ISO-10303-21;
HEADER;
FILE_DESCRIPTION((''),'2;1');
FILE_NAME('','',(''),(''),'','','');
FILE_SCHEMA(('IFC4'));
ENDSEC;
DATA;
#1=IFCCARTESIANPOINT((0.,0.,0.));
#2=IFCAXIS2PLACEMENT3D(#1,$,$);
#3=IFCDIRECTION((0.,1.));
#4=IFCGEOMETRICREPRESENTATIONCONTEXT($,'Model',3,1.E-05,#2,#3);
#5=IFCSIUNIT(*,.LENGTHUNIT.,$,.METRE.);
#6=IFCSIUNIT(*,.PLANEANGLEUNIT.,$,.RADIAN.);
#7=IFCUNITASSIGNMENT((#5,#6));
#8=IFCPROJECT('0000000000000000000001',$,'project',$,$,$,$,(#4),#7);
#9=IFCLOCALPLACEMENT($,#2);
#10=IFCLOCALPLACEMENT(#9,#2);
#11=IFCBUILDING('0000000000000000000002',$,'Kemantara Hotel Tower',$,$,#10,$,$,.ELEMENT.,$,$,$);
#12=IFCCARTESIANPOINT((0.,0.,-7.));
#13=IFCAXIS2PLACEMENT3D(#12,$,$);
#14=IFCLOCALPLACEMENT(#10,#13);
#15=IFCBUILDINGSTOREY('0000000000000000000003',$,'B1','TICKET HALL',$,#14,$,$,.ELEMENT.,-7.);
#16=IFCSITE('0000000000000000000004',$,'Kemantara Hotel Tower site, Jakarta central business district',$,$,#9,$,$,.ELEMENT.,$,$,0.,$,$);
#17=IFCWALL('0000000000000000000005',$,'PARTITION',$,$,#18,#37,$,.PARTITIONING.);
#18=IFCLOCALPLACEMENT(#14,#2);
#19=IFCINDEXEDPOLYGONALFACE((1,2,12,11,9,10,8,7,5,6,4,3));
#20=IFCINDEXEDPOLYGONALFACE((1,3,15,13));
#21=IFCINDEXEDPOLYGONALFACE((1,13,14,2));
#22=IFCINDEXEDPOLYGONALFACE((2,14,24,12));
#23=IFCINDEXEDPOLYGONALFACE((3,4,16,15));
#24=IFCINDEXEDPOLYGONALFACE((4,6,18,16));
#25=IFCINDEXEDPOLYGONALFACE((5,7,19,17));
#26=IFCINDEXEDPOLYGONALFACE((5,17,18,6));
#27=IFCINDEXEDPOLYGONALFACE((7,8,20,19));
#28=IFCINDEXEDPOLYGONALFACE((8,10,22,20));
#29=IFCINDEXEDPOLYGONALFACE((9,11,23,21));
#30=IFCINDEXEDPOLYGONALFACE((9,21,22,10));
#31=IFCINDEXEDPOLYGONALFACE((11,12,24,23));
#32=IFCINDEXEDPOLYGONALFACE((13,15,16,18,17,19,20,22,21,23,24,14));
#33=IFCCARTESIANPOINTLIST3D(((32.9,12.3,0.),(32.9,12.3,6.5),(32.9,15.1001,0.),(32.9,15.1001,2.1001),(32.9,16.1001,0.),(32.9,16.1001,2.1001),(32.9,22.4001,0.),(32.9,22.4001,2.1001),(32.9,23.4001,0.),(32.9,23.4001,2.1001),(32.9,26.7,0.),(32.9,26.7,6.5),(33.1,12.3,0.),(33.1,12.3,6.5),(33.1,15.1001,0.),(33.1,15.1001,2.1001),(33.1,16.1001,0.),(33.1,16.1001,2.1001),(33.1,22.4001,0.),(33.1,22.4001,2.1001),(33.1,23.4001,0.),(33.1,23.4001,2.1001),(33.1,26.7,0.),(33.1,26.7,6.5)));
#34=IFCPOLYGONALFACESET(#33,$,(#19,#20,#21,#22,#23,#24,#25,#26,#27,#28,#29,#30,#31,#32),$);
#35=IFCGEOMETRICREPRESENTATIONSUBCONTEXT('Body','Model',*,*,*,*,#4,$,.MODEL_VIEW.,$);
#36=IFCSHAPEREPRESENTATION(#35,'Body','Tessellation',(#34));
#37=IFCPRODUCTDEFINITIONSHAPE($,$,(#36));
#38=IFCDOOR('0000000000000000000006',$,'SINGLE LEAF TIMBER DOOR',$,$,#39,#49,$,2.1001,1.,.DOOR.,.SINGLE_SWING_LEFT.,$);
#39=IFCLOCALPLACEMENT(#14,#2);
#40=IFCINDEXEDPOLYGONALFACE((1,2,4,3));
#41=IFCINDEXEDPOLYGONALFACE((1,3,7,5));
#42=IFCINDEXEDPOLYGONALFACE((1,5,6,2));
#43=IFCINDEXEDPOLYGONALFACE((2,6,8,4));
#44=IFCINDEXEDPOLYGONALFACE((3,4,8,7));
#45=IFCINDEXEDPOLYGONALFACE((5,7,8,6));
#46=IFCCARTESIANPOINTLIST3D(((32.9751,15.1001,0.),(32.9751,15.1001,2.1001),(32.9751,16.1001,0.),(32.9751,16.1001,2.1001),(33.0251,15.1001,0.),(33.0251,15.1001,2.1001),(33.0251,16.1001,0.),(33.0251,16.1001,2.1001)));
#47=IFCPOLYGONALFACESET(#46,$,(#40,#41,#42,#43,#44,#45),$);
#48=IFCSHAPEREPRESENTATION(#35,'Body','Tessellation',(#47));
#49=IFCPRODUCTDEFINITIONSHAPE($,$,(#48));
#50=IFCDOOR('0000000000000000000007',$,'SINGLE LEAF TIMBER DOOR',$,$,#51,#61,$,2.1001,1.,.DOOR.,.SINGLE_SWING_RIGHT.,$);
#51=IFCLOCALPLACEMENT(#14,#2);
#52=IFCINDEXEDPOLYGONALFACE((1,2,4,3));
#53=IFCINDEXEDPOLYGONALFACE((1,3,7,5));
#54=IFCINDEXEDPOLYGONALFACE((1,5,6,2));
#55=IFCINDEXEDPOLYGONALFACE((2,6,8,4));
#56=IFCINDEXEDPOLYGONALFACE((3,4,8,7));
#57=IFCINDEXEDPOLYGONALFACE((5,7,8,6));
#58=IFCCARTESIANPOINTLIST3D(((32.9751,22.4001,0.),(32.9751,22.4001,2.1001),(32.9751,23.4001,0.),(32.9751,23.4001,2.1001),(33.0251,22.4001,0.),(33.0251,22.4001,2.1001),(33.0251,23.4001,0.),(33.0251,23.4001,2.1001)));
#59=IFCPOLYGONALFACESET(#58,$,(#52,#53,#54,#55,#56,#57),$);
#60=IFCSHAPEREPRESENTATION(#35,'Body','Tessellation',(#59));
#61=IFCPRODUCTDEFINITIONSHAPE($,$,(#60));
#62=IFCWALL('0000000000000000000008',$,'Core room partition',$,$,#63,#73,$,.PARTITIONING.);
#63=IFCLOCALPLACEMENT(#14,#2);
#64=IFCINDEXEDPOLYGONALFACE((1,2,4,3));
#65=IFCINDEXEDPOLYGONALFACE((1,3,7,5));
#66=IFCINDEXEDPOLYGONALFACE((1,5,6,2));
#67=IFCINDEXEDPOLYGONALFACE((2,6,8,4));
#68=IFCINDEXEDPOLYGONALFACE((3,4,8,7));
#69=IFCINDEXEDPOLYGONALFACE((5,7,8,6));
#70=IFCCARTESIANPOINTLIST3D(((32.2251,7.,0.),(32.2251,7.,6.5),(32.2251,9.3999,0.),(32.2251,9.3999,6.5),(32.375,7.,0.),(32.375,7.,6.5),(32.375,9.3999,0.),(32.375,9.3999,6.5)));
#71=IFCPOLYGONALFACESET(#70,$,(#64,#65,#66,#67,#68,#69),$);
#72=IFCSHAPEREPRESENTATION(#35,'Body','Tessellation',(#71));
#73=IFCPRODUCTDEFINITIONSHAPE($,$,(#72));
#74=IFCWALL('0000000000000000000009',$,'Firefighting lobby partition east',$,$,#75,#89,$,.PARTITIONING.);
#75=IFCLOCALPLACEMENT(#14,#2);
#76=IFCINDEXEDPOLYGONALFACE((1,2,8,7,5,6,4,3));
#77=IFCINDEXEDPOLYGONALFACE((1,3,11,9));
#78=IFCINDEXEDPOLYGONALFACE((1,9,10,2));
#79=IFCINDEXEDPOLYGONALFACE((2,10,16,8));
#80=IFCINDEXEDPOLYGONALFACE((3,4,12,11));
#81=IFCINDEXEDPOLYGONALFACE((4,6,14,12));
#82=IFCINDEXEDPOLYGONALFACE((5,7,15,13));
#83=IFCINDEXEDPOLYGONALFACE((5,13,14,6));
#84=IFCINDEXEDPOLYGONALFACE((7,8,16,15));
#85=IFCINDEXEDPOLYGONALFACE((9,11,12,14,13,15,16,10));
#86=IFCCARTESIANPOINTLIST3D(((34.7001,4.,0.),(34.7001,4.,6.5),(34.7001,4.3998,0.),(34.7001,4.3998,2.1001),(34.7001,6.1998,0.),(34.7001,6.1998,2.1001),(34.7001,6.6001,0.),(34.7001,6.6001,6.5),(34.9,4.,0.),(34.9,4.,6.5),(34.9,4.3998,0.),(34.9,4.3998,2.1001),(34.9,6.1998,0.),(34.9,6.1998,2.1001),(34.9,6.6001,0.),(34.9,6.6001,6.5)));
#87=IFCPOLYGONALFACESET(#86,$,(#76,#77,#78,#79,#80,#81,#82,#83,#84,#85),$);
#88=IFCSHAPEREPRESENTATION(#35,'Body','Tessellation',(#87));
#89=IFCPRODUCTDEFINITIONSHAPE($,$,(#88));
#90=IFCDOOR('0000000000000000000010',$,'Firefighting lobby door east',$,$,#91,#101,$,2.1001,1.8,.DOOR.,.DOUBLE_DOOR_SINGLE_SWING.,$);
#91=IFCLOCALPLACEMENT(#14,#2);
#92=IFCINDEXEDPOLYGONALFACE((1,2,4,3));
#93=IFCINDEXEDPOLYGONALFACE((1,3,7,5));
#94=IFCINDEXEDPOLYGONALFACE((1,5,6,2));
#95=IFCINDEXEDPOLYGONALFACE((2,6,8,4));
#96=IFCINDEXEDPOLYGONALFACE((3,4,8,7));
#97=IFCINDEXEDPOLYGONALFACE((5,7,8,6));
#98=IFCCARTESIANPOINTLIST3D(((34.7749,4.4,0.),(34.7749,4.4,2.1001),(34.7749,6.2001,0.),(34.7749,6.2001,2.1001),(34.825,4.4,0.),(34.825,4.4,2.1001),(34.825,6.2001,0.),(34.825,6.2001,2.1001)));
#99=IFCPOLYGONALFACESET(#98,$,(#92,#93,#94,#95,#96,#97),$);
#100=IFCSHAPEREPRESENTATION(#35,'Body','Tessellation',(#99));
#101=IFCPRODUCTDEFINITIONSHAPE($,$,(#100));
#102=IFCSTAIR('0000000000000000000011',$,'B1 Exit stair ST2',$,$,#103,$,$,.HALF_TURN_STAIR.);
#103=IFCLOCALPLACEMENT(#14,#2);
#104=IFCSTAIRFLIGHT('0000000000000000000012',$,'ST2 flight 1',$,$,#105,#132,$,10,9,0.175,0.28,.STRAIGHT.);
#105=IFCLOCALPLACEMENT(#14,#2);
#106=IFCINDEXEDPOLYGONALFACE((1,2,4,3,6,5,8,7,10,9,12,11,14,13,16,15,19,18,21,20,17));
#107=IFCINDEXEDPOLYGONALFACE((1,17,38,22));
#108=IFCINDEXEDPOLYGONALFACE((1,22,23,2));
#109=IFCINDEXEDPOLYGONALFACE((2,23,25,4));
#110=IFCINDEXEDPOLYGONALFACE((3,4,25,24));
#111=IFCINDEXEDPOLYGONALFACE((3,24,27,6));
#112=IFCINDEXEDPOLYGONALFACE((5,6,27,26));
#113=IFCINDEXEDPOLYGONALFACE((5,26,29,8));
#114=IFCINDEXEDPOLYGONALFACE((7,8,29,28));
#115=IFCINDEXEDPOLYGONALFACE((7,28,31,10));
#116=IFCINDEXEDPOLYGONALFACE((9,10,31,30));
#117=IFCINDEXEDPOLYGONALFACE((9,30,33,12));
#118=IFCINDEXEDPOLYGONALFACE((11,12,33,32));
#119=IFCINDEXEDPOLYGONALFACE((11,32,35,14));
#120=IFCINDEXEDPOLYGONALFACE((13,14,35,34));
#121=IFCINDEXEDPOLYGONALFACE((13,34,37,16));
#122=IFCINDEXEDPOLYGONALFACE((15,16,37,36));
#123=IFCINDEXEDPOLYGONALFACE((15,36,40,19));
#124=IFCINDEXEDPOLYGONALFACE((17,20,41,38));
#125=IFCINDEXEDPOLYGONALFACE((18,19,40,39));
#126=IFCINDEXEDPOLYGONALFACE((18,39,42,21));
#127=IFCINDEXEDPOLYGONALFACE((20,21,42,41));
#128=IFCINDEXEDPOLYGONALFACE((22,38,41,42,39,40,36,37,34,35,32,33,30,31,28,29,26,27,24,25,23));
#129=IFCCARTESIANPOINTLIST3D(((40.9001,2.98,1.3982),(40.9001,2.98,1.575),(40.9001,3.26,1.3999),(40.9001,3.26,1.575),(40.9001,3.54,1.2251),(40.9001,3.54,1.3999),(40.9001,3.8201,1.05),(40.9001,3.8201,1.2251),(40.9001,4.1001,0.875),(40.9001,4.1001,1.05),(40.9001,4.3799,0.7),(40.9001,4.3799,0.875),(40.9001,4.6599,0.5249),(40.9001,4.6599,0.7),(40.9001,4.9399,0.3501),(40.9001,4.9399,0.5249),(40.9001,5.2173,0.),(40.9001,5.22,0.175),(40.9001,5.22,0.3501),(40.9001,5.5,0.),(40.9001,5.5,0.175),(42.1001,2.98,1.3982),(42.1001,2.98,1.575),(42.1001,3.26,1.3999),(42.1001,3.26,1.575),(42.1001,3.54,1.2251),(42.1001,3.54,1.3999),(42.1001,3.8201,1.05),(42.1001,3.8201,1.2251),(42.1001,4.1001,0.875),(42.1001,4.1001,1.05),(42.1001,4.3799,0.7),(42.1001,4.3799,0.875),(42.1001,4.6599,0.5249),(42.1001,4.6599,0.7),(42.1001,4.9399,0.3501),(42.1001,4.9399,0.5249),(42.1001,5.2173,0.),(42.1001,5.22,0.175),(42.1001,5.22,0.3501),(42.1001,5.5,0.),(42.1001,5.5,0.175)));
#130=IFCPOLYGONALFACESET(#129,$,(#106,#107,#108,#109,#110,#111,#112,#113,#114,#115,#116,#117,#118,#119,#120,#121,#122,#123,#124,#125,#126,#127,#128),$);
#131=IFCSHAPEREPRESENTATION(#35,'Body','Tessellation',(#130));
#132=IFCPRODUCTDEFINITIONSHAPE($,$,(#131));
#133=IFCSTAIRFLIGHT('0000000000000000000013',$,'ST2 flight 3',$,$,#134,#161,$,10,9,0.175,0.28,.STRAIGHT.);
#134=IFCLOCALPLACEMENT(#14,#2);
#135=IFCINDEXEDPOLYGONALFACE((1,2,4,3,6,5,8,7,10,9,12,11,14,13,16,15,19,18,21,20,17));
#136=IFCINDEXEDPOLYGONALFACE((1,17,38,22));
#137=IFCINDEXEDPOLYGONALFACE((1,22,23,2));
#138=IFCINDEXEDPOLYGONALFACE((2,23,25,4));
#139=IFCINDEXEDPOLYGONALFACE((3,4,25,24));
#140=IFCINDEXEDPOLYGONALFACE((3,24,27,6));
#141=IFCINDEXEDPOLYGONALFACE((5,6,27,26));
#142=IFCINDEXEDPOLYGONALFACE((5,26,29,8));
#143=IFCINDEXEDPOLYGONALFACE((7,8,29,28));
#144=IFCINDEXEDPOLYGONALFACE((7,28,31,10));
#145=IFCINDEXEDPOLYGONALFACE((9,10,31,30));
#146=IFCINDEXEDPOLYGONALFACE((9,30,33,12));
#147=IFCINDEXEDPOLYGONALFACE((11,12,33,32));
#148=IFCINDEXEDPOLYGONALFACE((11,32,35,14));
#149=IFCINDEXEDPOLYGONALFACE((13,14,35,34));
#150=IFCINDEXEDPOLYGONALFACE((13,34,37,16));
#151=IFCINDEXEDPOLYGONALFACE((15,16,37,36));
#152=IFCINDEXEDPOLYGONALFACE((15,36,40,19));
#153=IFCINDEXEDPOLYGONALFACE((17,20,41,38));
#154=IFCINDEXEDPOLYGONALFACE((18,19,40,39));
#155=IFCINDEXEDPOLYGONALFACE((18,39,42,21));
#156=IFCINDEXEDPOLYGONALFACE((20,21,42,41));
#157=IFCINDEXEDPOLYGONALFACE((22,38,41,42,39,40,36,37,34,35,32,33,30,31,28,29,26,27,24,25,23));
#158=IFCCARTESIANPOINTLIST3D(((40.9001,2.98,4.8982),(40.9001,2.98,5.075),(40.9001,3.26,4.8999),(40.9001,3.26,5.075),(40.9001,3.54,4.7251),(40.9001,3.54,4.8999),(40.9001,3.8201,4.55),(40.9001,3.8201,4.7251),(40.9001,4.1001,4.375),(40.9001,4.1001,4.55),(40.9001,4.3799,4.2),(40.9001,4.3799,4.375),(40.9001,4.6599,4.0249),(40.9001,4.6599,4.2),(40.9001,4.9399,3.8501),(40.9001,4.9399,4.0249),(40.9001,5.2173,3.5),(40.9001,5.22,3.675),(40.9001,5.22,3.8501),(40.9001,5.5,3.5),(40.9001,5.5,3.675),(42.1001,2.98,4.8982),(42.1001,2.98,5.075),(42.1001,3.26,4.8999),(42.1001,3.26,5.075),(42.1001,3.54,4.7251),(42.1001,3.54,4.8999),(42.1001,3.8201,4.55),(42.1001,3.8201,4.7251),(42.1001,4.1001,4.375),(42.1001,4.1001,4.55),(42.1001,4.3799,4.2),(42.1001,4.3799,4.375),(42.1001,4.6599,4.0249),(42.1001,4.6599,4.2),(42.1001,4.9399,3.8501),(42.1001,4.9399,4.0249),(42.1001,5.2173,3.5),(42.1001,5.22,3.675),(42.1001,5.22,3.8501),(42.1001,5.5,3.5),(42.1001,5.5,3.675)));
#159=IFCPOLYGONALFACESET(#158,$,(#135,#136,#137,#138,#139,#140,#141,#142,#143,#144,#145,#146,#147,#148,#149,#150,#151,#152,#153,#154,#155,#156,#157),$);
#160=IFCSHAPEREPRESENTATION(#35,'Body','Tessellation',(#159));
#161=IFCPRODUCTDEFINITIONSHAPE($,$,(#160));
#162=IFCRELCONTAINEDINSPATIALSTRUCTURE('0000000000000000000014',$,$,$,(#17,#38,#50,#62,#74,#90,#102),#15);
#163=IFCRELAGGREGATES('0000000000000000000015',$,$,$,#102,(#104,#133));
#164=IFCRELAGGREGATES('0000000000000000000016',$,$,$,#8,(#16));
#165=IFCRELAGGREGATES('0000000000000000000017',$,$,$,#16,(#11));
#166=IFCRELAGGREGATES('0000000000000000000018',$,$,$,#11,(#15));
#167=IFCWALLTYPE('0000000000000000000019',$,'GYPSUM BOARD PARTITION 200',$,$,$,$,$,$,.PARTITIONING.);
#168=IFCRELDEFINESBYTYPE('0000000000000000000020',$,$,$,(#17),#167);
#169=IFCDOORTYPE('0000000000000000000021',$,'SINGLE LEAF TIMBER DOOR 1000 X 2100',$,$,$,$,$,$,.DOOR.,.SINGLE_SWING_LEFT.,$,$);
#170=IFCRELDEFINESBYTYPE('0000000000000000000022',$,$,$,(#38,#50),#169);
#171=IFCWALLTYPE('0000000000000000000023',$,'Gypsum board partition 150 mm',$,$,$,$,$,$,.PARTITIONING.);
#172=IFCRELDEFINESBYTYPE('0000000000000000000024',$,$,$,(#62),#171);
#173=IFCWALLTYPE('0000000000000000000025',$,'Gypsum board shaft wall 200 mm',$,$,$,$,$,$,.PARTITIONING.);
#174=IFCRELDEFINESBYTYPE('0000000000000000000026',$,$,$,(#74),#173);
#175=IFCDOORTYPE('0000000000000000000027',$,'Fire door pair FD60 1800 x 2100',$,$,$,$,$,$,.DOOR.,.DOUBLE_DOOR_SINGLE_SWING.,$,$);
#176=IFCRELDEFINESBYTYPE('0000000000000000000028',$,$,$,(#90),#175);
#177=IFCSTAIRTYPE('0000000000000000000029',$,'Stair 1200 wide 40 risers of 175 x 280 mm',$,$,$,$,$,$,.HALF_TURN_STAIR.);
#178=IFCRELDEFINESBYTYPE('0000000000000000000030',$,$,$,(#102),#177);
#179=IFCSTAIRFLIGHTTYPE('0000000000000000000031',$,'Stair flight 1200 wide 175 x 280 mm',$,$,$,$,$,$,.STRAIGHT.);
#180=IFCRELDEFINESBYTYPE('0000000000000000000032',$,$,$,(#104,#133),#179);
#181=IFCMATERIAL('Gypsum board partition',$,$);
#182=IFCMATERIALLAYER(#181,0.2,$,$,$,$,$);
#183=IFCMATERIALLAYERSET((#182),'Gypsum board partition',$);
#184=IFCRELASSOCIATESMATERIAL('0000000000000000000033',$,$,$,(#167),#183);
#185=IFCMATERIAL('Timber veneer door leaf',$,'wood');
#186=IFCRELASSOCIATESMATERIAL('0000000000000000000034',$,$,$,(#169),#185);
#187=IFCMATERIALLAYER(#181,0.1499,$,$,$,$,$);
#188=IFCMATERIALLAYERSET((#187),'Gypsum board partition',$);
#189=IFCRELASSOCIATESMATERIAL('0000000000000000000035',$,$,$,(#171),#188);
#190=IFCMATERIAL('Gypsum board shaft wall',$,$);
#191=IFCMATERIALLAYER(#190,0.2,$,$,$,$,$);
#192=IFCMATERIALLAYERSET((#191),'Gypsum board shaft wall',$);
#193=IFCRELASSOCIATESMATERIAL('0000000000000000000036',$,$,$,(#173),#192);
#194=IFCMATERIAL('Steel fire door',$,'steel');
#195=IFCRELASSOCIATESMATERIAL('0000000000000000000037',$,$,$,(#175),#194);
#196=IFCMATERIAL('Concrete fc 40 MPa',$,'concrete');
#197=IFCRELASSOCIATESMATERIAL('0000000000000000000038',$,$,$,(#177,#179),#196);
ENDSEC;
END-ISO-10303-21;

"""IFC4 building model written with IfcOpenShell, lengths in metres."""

from ifc_helpers import new_model, si_unit, direction, frame, frame_2d, origin, place, context, subcontext, project, spatial, polyline, rectangle, outline, extrude, material, layer, layer_set, type_object, element, fill, aggregate, save


model = new_model("IFC4")

# Units and contexts
model_context = context("Model", 3, precision=1e-05, world=origin(), true_north=direction((0.0, 1.0)))
body_context = subcontext(model_context, "Body", "Model", "MODEL_VIEW")
ifc_project = project(units=[si_unit("LENGTHUNIT", "METRE"), si_unit("PLANEANGLEUNIT", "RADIAN")], contexts=[model_context])

# Site, building, storey
site_placement = place(None, origin())
site = spatial("IfcSite", under=ifc_project, at=site_placement, Name="Kemantara Hotel Tower site, Jakarta central business district", CompositionType="ELEMENT", RefElevation=0.0)
building_placement = place(site_placement, origin())
building = spatial("IfcBuilding", under=site, at=building_placement, Name="Kemantara Hotel Tower", CompositionType="ELEMENT")
storey_placement = place(building_placement, frame((0.0, 0.0, -7.0)))
storey = spatial("IfcBuildingStorey", under=building, at=storey_placement, Name="B1", Description="TICKET HALL", CompositionType="ELEMENT", Elevation=-7.0)

# Shared definitions
ifc_material_1 = material(Name="Steel fire door", Category="steel")

# Shared definitions
ifc_material_2 = material(Name="Gypsum board partition")
ifc_layer_1 = layer(ifc_material_2, 0.2)
ifc_layer_set_1 = layer_set([ifc_layer_1], Name="Gypsum board partition")
wall_type_1 = type_object("IfcWallType", Name="GYPSUM BOARD PARTITION 200", PredefinedType="PARTITIONING", material=ifc_layer_set_1)

# Wall, openings, doors
wall_1_placement = place(storey_placement, frame((33.0, 12.3, 0.0), z_axis=(0.0, 0.0, 1.0), x_axis=(0.0, 1.0, 0.0)))
wall_1 = element("IfcWall", 1, at=wall_1_placement, inside=storey, type_object=wall_type_1, Name="PARTITION", PredefinedType="PARTITIONING", context=body_context, shape_type="SweptSolid", body=[
    extrude(rectangle(XDim=14.3999, YDim=0.2, at=frame_2d((7.2, 0.0))), origin(), (0.0, 0.0, 1.0), 6.5),
])
opening_1_placement = place(wall_1_placement, frame((2.8, 0.0, 0.0)))
opening_1 = element("IfcOpeningElement", 2, at=opening_1_placement, cuts=wall_1, PredefinedType="OPENING", context=body_context, shape_type="SweptSolid", body=[
    extrude(rectangle(XDim=1.0, YDim=2.1001, at=frame_2d((0.5, 1.05))), frame((0.0, 0.1099, 0.0), z_axis=(0.0, -1.0, 0.0), x_axis=(1.0, 0.0, 0.0)), (0.0, 0.0, 1.0), 0.22),
])
opening_2_placement = place(wall_1_placement, frame((10.1001, 0.0, 0.0)))
opening_2 = element("IfcOpeningElement", 3, at=opening_2_placement, cuts=wall_1, PredefinedType="OPENING", context=body_context, shape_type="SweptSolid", body=[
    extrude(rectangle(XDim=1.0, YDim=2.1001, at=frame_2d((0.5, 1.05))), frame((0.0, 0.1099, 0.0), z_axis=(0.0, -1.0, 0.0), x_axis=(1.0, 0.0, 0.0)), (0.0, 0.0, 1.0), 0.22),
])
ifc_material_3 = material(Name="Timber veneer door leaf", Category="wood")
door_type_1 = type_object("IfcDoorType", Name="SINGLE LEAF TIMBER DOOR 1000 X 2100", OperationType="SINGLE_SWING_LEFT", PredefinedType="DOOR", material=ifc_material_3)
door_1_placement = place(opening_1_placement, origin())
door_1 = element("IfcDoor", 4, at=door_1_placement, inside=storey, type_object=door_type_1, Name="SINGLE LEAF TIMBER DOOR", OperationType="SINGLE_SWING_LEFT", OverallHeight=2.1001, OverallWidth=1.0, PredefinedType="DOOR", context=body_context, shape_type="SweptSolid", body=[
    extrude(rectangle(XDim=1.0, YDim=2.1001, at=frame_2d((0.5, 1.05))), frame((0.0, 0.0249, 0.0), z_axis=(0.0, -1.0, 0.0), x_axis=(1.0, 0.0, 0.0)), (0.0, 0.0, 1.0), 0.05),
])
fill(opening_1, door_1)
door_2_placement = place(opening_2_placement, origin())
door_2 = element("IfcDoor", 5, at=door_2_placement, inside=storey, type_object=door_type_1, Name="SINGLE LEAF TIMBER DOOR", OperationType="SINGLE_SWING_RIGHT", OverallHeight=2.1001, OverallWidth=1.0, PredefinedType="DOOR", context=body_context, shape_type="SweptSolid", body=[
    extrude(rectangle(XDim=1.0, YDim=2.1001, at=frame_2d((0.5, 1.05))), frame((0.0, 0.0249, 0.0), z_axis=(0.0, -1.0, 0.0), x_axis=(1.0, 0.0, 0.0)), (0.0, 0.0, 1.0), 0.05),
])
fill(opening_2, door_2)

# Wall
ifc_layer_2 = layer(ifc_material_2, 0.1499)
ifc_layer_set_2 = layer_set([ifc_layer_2], Name="Gypsum board partition")
wall_type_2 = type_object("IfcWallType", Name="Gypsum board partition 150 mm", PredefinedType="PARTITIONING", material=ifc_layer_set_2)
wall_2_placement = place(storey_placement, frame((32.3, 7.0, 0.0), z_axis=(0.0, 0.0, 1.0), x_axis=(0.0, 1.0, 0.0)))
element("IfcWall", 6, at=wall_2_placement, inside=storey, type_object=wall_type_2, Name="Core room partition", PredefinedType="PARTITIONING", context=body_context, shape_type="SweptSolid", body=[
    extrude(rectangle(XDim=2.3999, YDim=0.1499, at=frame_2d((1.2, 0.0))), origin(), (0.0, 0.0, 1.0), 6.5),
])

# Wall, opening, door
ifc_material_4 = material(Name="Gypsum board shaft wall")
ifc_layer_3 = layer(ifc_material_4, 0.2)
ifc_layer_set_3 = layer_set([ifc_layer_3], Name="Gypsum board shaft wall")
wall_type_3 = type_object("IfcWallType", Name="Gypsum board shaft wall 200 mm", PredefinedType="PARTITIONING", material=ifc_layer_set_3)
wall_3_placement = place(storey_placement, frame((34.8, 4.0, 0.0), z_axis=(0.0, 0.0, 1.0), x_axis=(0.0, 1.0, 0.0)))
wall_3 = element("IfcWall", 7, at=wall_3_placement, inside=storey, type_object=wall_type_3, Name="Firefighting lobby partition east", PredefinedType="PARTITIONING", context=body_context, shape_type="SweptSolid", body=[
    extrude(rectangle(XDim=2.6001, YDim=0.2, at=frame_2d((1.3, 0.0))), origin(), (0.0, 0.0, 1.0), 6.5),
])
opening_3_placement = place(wall_3_placement, frame((0.3999, 0.0, 0.0)))
opening_3 = element("IfcOpeningElement", 8, at=opening_3_placement, cuts=wall_3, PredefinedType="OPENING", context=body_context, shape_type="SweptSolid", body=[
    extrude(rectangle(XDim=1.8, YDim=2.1001, at=frame_2d((0.8999, 1.05))), frame((0.0, 0.1099, 0.0), z_axis=(0.0, -1.0, 0.0), x_axis=(1.0, 0.0, 0.0)), (0.0, 0.0, 1.0), 0.22),
])
door_type_2 = type_object("IfcDoorType", Name="Fire door pair FD60 1800 x 2100", OperationType="DOUBLE_DOOR_SINGLE_SWING", PredefinedType="DOOR", material=ifc_material_1)
door_3_placement = place(opening_3_placement, frame((1.8, 0.0, 0.0), z_axis=(0.0, 0.0, 1.0), x_axis=(-1.0, 0.0, 0.0)))
door_3 = element("IfcDoor", 9, at=door_3_placement, inside=storey, type_object=door_type_2, Name="Firefighting lobby door east", OperationType="DOUBLE_DOOR_SINGLE_SWING", OverallHeight=2.1001, OverallWidth=1.8, PredefinedType="DOOR", context=body_context, shape_type="SweptSolid", body=[
    extrude(rectangle(XDim=1.8, YDim=2.1001, at=frame_2d((0.8999, 1.05))), frame((0.0, 0.0249, 0.0), z_axis=(0.0, -1.0, 0.0), x_axis=(1.0, 0.0, 0.0)), (0.0, 0.0, 1.0), 0.05),
])
fill(opening_3, door_3)

# Stair, stair flights
ifc_material_5 = material(Name="Concrete fc 40 MPa", Category="concrete")
stair_type = type_object("IfcStairType", Name="Stair 1200 wide 40 risers of 175 x 280 mm", PredefinedType="HALF_TURN_STAIR", material=ifc_material_5)
stair_placement = place(storey_placement, origin())
stair = element("IfcStair", 10, at=stair_placement, inside=storey, type_object=stair_type, Name="B1 Exit stair ST2", PredefinedType="HALF_TURN_STAIR")
stair_flight_type = type_object("IfcStairFlightType", Name="Stair flight 1200 wide 175 x 280 mm", PredefinedType="STRAIGHT", material=ifc_material_5)
stair_flight_1_placement = place(storey_placement, frame((41.5, 5.5, 0.0), z_axis=(0.0, 0.0, 1.0), x_axis=(0.0, -1.0, 0.0)))
stair_flight_1 = element("IfcStairFlight", 11, at=stair_flight_1_placement, type_object=stair_flight_type, Name="ST2 flight 1", NumberOfRisers=10, NumberOfTreads=9, PredefinedType="STRAIGHT", RiserHeight=0.175, TreadLength=0.28, context=body_context, shape_type="SweptSolid", body=[
    extrude(outline(polyline([(0.0, 0.0), (0.0, 0.175), (0.28, 0.175), (0.28, 0.3501), (0.5601, 0.3501), (0.5601, 0.5249), (0.8401, 0.5249), (0.8401, 0.7), (1.1201, 0.7), (1.1201, 0.875), (1.3999, 0.875), (1.3999, 1.05), (1.6799, 1.05), (1.6799, 1.2251), (1.96, 1.2251), (1.96, 1.3999), (2.24, 1.3999), (2.24, 1.575), (2.52, 1.575), (2.52, 1.75), (2.52, 1.3982), (0.2827, 0.0), (0.0, 0.0)])), frame((0.0, 0.6001, 0.0), z_axis=(0.0, -1.0, 0.0), x_axis=(1.0, 0.0, 0.0)), (0.0, 0.0, 1.0), 1.2),
])
stair_flight_2_placement = place(storey_placement, frame((41.5, 5.5, 3.5), z_axis=(0.0, 0.0, 1.0), x_axis=(0.0, -1.0, 0.0)))
stair_flight_2 = element("IfcStairFlight", 12, at=stair_flight_2_placement, type_object=stair_flight_type, Name="ST2 flight 3", NumberOfRisers=10, NumberOfTreads=9, PredefinedType="STRAIGHT", RiserHeight=0.175, TreadLength=0.28, context=body_context, shape_type="SweptSolid", body=[
    extrude(outline(polyline([(0.0, 0.0), (0.0, 0.175), (0.28, 0.175), (0.28, 0.3501), (0.5601, 0.3501), (0.5601, 0.5249), (0.8401, 0.5249), (0.8401, 0.7), (1.1201, 0.7), (1.1201, 0.875), (1.3999, 0.875), (1.3999, 1.05), (1.6799, 1.05), (1.6799, 1.2251), (1.96, 1.2251), (1.96, 1.3999), (2.24, 1.3999), (2.24, 1.575), (2.52, 1.575), (2.52, 1.75), (2.52, 1.3982), (0.2827, 0.0), (0.0, 0.0)])), frame((0.0, 0.6001, 0.0), z_axis=(0.0, -1.0, 0.0), x_axis=(1.0, 0.0, 0.0)), (0.0, 0.0, 1.0), 1.2),
])
aggregate(stair, [stair_flight_1, stair_flight_2])

save(model, "model.ifc")
